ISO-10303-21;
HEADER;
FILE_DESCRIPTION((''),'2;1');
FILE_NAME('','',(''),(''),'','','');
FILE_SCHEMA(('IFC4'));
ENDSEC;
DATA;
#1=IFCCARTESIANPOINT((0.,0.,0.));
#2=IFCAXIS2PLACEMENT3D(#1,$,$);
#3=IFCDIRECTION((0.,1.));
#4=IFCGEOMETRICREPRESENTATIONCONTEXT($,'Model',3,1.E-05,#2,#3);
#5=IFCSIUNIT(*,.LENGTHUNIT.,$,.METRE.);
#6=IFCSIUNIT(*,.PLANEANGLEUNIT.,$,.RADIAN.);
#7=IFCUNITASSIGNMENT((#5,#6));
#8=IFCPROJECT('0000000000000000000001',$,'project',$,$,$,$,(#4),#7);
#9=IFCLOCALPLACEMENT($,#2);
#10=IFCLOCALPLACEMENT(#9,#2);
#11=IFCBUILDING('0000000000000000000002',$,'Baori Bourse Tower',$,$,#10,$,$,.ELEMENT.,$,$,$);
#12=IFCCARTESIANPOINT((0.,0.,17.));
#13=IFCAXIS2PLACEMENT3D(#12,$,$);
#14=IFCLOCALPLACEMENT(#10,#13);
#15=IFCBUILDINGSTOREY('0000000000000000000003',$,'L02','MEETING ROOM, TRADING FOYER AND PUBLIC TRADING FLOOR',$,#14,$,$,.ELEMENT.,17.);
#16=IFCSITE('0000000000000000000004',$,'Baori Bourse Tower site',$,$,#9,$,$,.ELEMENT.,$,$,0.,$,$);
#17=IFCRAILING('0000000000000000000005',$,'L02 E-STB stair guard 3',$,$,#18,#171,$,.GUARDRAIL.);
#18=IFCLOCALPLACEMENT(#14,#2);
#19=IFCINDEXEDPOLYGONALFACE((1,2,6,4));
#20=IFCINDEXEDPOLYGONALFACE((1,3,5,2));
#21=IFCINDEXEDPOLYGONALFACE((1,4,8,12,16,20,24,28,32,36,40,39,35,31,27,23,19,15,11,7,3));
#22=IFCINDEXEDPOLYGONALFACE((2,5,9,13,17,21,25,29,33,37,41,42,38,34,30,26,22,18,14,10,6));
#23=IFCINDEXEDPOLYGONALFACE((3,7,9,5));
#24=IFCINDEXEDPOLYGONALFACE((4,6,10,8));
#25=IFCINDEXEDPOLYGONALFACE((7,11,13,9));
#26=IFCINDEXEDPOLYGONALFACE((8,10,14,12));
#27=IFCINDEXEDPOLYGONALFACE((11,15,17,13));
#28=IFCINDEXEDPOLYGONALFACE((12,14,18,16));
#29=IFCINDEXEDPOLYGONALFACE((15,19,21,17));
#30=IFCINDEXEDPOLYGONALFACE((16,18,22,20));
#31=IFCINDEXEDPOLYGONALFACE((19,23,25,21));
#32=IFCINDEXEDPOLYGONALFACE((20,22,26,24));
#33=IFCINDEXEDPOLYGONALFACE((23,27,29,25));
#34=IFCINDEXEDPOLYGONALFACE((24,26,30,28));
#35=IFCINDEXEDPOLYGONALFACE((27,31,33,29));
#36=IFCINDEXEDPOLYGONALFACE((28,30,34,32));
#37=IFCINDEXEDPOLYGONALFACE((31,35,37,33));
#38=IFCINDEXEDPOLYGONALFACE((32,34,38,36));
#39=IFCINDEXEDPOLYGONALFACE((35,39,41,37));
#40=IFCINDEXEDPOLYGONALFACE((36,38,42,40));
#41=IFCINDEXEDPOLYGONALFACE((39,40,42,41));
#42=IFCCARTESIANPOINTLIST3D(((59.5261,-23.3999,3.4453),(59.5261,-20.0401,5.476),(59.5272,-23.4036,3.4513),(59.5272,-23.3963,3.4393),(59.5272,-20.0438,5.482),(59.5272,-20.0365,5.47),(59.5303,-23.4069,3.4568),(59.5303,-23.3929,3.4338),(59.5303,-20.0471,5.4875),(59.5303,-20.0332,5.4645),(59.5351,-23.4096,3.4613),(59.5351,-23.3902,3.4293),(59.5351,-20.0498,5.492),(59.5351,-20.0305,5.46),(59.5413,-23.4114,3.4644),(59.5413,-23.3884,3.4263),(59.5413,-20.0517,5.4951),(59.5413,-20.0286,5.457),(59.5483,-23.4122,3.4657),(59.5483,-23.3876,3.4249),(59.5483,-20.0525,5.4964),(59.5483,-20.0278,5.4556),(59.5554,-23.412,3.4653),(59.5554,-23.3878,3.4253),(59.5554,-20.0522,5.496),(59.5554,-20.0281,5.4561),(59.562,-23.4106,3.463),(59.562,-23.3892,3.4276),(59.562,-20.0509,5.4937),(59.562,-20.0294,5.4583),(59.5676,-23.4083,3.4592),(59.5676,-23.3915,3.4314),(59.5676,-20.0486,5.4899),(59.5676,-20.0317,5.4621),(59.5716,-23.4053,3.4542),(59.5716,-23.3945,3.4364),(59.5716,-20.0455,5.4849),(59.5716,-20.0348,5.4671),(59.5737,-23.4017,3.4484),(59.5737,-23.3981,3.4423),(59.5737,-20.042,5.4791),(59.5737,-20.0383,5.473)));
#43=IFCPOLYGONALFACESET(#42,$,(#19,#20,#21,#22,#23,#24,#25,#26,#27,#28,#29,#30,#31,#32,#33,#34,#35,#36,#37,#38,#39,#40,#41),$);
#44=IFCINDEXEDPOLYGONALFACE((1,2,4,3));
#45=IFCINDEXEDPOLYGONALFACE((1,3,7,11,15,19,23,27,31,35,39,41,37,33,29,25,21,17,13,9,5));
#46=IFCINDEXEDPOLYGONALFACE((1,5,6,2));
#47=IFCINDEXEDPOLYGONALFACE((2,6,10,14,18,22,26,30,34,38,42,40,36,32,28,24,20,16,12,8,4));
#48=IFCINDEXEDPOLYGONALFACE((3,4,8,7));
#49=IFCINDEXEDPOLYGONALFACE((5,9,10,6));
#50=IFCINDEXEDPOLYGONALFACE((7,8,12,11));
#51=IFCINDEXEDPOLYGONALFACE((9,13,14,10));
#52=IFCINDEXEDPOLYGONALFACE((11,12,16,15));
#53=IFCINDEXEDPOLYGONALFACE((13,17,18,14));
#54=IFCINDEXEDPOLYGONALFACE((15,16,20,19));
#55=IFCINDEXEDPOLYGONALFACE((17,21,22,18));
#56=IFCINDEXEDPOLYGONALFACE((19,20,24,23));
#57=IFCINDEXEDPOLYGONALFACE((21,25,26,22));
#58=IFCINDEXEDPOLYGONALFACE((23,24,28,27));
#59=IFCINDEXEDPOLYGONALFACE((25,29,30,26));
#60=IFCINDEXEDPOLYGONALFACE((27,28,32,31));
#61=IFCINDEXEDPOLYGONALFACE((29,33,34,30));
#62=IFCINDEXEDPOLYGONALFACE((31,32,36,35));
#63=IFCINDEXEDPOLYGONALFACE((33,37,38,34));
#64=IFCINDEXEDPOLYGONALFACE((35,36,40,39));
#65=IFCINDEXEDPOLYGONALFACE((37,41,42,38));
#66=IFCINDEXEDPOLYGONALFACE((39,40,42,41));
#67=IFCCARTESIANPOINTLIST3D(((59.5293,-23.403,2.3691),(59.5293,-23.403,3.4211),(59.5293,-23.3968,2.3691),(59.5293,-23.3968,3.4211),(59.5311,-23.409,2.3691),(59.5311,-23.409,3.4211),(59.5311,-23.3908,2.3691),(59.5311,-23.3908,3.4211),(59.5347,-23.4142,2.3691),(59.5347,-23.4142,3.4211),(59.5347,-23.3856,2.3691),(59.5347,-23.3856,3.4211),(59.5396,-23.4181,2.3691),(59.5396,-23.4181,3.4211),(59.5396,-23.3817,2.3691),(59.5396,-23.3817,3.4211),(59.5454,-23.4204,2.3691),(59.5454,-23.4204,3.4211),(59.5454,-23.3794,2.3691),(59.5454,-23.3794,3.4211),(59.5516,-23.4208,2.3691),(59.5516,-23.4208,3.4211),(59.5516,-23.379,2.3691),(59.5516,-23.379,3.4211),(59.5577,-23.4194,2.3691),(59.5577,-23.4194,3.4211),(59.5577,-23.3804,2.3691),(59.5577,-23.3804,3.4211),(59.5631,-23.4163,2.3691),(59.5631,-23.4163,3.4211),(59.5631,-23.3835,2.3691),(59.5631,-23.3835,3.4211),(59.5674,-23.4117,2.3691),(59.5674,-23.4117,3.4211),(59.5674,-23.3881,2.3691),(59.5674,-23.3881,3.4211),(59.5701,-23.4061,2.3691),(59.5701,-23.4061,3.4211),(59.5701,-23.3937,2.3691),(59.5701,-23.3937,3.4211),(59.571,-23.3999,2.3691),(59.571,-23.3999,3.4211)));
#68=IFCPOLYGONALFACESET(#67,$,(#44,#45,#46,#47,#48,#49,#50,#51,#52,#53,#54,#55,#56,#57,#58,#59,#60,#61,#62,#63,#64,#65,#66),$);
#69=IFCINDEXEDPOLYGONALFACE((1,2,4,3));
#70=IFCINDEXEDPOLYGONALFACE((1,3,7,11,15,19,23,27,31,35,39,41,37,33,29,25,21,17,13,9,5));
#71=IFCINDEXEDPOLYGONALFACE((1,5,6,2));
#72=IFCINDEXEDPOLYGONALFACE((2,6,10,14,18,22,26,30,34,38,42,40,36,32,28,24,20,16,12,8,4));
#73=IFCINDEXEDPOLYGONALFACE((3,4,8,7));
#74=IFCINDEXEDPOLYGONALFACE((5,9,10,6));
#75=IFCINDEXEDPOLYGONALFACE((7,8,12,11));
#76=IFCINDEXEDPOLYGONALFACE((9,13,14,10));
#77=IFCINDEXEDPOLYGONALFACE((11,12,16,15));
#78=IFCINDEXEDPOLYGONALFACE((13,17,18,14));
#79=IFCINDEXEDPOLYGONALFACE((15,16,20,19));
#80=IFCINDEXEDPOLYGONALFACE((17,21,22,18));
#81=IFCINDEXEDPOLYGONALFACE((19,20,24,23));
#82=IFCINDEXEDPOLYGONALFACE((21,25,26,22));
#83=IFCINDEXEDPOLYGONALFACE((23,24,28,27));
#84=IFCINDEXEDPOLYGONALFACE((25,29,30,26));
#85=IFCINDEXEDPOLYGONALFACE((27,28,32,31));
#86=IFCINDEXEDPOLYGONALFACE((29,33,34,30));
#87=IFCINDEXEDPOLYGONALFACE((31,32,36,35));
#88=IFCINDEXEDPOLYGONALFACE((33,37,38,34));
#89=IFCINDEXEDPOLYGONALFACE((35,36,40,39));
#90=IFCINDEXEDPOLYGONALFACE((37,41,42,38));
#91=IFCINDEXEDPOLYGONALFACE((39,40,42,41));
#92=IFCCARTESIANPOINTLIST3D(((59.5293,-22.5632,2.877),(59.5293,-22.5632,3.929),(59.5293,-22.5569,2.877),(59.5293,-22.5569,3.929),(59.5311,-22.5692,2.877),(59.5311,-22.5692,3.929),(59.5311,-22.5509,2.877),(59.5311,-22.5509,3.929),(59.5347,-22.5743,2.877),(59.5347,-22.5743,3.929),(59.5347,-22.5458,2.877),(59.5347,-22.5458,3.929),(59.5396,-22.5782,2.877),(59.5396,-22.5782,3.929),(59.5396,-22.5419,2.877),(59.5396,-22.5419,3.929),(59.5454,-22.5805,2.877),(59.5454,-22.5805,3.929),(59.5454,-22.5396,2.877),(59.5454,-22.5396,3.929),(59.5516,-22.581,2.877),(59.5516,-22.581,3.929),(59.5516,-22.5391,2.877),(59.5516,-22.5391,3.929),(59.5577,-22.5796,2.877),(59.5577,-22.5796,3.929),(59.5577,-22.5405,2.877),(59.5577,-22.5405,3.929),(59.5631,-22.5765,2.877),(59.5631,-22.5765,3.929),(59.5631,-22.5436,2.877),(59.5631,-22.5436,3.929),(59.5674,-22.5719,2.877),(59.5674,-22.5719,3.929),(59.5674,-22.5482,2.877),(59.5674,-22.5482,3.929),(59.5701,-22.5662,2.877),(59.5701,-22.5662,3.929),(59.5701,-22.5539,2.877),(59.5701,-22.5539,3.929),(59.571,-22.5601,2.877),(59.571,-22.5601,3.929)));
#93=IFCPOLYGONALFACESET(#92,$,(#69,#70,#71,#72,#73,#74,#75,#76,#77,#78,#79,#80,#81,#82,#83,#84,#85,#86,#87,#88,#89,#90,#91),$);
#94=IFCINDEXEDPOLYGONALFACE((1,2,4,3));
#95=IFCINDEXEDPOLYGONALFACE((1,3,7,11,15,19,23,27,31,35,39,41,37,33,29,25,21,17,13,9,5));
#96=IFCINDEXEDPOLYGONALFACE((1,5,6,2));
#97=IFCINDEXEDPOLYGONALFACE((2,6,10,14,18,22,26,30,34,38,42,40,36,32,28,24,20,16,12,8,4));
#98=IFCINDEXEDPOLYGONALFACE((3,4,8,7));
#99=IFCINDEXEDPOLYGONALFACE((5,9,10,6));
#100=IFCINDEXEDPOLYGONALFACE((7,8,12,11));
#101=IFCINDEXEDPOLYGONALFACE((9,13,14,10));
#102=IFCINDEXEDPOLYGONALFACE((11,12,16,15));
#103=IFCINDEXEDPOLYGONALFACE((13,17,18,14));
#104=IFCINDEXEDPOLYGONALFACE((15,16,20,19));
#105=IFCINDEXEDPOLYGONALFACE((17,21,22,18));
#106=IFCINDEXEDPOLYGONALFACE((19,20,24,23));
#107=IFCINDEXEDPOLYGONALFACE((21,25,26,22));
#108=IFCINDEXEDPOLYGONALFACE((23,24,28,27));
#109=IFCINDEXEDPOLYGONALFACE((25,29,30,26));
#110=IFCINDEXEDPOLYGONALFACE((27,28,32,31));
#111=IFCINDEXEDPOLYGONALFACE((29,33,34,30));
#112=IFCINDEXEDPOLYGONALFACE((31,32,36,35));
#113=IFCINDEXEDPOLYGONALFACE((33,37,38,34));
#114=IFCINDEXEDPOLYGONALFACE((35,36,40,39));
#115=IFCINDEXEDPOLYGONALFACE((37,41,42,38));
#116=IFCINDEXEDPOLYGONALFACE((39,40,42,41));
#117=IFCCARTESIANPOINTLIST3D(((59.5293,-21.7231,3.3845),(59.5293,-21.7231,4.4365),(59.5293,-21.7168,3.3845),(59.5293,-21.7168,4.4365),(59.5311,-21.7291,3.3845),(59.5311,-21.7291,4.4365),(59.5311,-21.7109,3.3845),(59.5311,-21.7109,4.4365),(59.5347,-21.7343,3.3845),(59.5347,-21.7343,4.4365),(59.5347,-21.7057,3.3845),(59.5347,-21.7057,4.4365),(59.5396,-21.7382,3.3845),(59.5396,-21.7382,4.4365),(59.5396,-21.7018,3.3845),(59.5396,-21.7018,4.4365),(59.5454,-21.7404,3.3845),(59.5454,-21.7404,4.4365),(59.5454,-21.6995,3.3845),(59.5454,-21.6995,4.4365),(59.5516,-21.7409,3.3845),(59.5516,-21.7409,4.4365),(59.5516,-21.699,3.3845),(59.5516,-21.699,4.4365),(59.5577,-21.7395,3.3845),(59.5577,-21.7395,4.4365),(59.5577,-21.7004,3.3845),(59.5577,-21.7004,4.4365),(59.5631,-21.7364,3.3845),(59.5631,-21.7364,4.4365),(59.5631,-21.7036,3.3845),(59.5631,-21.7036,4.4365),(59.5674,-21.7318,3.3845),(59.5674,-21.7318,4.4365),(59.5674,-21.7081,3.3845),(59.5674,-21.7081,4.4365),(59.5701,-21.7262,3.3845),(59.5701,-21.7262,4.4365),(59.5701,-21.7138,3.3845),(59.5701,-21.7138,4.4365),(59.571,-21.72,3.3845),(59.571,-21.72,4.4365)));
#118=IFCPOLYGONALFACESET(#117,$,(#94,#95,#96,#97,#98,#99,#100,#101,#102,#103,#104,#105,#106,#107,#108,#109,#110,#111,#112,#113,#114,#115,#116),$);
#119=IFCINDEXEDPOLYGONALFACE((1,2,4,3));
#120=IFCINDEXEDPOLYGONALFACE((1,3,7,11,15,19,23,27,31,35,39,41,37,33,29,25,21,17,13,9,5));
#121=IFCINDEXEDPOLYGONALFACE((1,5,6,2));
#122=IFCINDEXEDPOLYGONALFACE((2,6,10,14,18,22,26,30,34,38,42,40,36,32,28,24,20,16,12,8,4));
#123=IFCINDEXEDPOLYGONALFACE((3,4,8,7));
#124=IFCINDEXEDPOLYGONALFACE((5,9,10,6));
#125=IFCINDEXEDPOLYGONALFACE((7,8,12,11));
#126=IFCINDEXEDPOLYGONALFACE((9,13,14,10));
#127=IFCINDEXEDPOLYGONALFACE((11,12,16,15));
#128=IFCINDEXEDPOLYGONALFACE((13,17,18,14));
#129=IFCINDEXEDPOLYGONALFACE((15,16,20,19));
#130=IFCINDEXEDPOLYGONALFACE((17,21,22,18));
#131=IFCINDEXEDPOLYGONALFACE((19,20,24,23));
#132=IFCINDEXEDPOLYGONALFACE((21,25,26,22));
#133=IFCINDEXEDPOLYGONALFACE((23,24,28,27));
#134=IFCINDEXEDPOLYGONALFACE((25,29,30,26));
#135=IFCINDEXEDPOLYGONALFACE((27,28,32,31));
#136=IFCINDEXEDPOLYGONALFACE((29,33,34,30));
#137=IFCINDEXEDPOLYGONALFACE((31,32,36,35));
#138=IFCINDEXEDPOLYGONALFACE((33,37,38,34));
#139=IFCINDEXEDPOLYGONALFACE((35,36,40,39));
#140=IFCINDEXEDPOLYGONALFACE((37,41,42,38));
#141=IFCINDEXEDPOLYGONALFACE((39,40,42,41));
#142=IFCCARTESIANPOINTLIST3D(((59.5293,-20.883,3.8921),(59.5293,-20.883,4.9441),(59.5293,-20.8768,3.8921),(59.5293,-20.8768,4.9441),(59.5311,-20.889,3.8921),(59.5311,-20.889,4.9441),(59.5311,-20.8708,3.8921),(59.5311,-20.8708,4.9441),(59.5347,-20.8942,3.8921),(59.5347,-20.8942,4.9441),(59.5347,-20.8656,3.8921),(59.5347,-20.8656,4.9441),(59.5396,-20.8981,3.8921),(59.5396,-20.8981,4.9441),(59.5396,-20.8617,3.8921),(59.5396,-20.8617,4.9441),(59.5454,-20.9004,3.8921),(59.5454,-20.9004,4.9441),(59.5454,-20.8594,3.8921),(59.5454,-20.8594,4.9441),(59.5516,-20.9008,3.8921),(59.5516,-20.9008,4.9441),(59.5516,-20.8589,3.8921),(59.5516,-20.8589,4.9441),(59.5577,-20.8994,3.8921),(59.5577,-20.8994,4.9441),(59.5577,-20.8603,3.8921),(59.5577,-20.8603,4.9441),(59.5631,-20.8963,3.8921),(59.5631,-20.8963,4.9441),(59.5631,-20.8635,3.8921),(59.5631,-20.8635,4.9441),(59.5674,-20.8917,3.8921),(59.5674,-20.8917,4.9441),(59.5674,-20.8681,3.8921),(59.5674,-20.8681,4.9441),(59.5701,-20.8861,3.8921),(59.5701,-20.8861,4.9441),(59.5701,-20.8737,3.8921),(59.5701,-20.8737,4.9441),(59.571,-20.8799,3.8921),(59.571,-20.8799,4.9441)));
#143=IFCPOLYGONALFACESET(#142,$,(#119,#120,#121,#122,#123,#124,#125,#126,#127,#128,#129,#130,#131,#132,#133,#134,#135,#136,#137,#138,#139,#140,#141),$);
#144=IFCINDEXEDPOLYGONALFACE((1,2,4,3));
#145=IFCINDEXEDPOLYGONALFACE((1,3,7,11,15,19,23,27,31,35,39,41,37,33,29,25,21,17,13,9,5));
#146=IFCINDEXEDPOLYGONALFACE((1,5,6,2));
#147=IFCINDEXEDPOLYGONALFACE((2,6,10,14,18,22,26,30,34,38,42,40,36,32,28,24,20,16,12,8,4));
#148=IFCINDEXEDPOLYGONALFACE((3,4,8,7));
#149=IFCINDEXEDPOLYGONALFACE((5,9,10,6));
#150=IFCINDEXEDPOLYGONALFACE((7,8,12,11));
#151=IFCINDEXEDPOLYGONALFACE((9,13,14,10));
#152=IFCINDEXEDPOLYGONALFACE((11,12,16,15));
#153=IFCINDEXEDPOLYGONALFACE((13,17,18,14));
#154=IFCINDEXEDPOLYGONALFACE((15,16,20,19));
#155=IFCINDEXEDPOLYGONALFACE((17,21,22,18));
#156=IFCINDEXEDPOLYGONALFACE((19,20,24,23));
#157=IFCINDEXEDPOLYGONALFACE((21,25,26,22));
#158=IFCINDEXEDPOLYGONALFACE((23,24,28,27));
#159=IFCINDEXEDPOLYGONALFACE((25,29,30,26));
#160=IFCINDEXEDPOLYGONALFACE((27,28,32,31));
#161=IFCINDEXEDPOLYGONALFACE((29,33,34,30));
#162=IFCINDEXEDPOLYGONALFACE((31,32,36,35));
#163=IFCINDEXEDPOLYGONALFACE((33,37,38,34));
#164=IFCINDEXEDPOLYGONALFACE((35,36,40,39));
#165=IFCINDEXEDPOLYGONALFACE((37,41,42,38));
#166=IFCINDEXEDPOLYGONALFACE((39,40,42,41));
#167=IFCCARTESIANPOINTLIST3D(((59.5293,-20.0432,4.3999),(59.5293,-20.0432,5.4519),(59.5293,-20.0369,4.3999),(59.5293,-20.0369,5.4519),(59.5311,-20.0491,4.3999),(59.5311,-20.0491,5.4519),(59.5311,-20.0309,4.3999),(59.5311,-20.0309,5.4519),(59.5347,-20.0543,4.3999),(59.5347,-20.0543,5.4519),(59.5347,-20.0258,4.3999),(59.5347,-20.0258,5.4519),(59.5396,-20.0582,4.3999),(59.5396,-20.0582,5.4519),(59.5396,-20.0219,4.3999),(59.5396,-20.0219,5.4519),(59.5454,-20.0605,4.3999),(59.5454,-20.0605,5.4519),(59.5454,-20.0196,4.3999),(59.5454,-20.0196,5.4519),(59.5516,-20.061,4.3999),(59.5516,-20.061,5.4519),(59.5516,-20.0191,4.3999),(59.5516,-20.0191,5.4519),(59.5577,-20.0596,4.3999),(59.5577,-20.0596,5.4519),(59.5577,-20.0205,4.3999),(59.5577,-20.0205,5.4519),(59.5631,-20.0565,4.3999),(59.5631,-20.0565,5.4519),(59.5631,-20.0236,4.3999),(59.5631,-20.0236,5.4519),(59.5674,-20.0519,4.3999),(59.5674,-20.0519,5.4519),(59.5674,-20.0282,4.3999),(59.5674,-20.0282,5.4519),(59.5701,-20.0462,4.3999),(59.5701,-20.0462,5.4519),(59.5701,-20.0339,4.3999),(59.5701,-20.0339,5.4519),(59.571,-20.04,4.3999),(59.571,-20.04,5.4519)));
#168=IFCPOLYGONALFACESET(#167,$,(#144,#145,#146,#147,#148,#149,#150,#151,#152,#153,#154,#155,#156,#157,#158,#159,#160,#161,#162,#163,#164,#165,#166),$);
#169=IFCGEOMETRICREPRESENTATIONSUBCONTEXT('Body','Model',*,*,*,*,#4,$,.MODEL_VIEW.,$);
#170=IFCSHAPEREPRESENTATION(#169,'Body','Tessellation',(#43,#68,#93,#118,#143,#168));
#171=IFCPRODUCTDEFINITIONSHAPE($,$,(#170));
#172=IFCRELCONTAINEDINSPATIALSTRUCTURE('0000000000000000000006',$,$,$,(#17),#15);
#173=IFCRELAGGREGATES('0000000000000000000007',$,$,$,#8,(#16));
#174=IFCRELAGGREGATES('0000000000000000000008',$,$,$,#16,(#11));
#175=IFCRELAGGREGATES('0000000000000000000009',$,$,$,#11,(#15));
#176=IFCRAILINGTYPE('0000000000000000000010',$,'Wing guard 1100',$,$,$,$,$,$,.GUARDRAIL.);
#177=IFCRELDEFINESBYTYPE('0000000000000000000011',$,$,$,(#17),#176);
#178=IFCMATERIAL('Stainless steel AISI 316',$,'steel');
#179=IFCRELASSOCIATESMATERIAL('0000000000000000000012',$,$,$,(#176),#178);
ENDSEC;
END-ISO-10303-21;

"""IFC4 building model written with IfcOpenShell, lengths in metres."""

from ifc_helpers import new_model, si_unit, direction, frame, origin, origin_2d, place, context, subcontext, project, spatial, circle, extrude, material, type_object, element, save


model = new_model("IFC4")

# Units and contexts
model_context = context("Model", 3, precision=1e-05, world=origin(), true_north=direction((0.0, 1.0)))
body_context = subcontext(model_context, "Body", "Model", "MODEL_VIEW")
ifc_project = project(units=[si_unit("LENGTHUNIT", "METRE"), si_unit("PLANEANGLEUNIT", "RADIAN")], contexts=[model_context])

# Site, building, storey
site_placement = place(None, origin())
site = spatial("IfcSite", under=ifc_project, at=site_placement, Name="Baori Bourse Tower site", CompositionType="ELEMENT", RefElevation=0.0)
building_placement = place(site_placement, origin())
building = spatial("IfcBuilding", under=site, at=building_placement, Name="Baori Bourse Tower", CompositionType="ELEMENT")
storey_placement = place(building_placement, frame((0.0, 0.0, 17.0)))
storey = spatial("IfcBuildingStorey", under=building, at=storey_placement, Name="L02", Description="MEETING ROOM, TRADING FOYER AND PUBLIC TRADING FLOOR", CompositionType="ELEMENT", Elevation=17.0)

# Railing
ifc_material_1 = material(Name="Stainless steel AISI 316", Category="steel")
railing_type_1 = type_object("IfcRailingType", Name="Wing guard 1100", PredefinedType="GUARDRAIL", material=ifc_material_1)
railing_1_placement = place(storey_placement, frame((59.55, -23.3999, 2.3691)))
element("IfcRailing", 1, at=railing_1_placement, inside=storey, type_object=railing_type_1, Name="L02 E-STB stair guard 3", PredefinedType="GUARDRAIL", context=body_context, shape_type="SweptSolid", body=[
    extrude(circle(Radius=0.0239, at=origin_2d()), frame((0.0, 0.0, 1.0762), z_axis=(0.0, 0.85582, 0.517273), x_axis=(-1.0, 0.0, 0.0)), (0.0, 0.0, 1.0), 3.9258),
    extrude(circle(Radius=0.021, at=origin_2d()), origin(), (0.0, 0.0, 1.0), 1.052),
    extrude(circle(Radius=0.021, at=origin_2d()), frame((0.0, 0.8398, 0.5078)), (0.0, 0.0, 1.0), 1.052),
    extrude(circle(Radius=0.021, at=origin_2d()), frame((0.0, 1.6799, 1.0154)), (0.0, 0.0, 1.0), 1.052),
    extrude(circle(Radius=0.021, at=origin_2d()), frame((0.0, 2.52, 1.5229)), (0.0, 0.0, 1.0), 1.052),
    extrude(circle(Radius=0.021, at=origin_2d()), frame((0.0, 3.3599, 2.0308)), (0.0, 0.0, 1.0), 1.052),
])

save(model, "model.ifc")
